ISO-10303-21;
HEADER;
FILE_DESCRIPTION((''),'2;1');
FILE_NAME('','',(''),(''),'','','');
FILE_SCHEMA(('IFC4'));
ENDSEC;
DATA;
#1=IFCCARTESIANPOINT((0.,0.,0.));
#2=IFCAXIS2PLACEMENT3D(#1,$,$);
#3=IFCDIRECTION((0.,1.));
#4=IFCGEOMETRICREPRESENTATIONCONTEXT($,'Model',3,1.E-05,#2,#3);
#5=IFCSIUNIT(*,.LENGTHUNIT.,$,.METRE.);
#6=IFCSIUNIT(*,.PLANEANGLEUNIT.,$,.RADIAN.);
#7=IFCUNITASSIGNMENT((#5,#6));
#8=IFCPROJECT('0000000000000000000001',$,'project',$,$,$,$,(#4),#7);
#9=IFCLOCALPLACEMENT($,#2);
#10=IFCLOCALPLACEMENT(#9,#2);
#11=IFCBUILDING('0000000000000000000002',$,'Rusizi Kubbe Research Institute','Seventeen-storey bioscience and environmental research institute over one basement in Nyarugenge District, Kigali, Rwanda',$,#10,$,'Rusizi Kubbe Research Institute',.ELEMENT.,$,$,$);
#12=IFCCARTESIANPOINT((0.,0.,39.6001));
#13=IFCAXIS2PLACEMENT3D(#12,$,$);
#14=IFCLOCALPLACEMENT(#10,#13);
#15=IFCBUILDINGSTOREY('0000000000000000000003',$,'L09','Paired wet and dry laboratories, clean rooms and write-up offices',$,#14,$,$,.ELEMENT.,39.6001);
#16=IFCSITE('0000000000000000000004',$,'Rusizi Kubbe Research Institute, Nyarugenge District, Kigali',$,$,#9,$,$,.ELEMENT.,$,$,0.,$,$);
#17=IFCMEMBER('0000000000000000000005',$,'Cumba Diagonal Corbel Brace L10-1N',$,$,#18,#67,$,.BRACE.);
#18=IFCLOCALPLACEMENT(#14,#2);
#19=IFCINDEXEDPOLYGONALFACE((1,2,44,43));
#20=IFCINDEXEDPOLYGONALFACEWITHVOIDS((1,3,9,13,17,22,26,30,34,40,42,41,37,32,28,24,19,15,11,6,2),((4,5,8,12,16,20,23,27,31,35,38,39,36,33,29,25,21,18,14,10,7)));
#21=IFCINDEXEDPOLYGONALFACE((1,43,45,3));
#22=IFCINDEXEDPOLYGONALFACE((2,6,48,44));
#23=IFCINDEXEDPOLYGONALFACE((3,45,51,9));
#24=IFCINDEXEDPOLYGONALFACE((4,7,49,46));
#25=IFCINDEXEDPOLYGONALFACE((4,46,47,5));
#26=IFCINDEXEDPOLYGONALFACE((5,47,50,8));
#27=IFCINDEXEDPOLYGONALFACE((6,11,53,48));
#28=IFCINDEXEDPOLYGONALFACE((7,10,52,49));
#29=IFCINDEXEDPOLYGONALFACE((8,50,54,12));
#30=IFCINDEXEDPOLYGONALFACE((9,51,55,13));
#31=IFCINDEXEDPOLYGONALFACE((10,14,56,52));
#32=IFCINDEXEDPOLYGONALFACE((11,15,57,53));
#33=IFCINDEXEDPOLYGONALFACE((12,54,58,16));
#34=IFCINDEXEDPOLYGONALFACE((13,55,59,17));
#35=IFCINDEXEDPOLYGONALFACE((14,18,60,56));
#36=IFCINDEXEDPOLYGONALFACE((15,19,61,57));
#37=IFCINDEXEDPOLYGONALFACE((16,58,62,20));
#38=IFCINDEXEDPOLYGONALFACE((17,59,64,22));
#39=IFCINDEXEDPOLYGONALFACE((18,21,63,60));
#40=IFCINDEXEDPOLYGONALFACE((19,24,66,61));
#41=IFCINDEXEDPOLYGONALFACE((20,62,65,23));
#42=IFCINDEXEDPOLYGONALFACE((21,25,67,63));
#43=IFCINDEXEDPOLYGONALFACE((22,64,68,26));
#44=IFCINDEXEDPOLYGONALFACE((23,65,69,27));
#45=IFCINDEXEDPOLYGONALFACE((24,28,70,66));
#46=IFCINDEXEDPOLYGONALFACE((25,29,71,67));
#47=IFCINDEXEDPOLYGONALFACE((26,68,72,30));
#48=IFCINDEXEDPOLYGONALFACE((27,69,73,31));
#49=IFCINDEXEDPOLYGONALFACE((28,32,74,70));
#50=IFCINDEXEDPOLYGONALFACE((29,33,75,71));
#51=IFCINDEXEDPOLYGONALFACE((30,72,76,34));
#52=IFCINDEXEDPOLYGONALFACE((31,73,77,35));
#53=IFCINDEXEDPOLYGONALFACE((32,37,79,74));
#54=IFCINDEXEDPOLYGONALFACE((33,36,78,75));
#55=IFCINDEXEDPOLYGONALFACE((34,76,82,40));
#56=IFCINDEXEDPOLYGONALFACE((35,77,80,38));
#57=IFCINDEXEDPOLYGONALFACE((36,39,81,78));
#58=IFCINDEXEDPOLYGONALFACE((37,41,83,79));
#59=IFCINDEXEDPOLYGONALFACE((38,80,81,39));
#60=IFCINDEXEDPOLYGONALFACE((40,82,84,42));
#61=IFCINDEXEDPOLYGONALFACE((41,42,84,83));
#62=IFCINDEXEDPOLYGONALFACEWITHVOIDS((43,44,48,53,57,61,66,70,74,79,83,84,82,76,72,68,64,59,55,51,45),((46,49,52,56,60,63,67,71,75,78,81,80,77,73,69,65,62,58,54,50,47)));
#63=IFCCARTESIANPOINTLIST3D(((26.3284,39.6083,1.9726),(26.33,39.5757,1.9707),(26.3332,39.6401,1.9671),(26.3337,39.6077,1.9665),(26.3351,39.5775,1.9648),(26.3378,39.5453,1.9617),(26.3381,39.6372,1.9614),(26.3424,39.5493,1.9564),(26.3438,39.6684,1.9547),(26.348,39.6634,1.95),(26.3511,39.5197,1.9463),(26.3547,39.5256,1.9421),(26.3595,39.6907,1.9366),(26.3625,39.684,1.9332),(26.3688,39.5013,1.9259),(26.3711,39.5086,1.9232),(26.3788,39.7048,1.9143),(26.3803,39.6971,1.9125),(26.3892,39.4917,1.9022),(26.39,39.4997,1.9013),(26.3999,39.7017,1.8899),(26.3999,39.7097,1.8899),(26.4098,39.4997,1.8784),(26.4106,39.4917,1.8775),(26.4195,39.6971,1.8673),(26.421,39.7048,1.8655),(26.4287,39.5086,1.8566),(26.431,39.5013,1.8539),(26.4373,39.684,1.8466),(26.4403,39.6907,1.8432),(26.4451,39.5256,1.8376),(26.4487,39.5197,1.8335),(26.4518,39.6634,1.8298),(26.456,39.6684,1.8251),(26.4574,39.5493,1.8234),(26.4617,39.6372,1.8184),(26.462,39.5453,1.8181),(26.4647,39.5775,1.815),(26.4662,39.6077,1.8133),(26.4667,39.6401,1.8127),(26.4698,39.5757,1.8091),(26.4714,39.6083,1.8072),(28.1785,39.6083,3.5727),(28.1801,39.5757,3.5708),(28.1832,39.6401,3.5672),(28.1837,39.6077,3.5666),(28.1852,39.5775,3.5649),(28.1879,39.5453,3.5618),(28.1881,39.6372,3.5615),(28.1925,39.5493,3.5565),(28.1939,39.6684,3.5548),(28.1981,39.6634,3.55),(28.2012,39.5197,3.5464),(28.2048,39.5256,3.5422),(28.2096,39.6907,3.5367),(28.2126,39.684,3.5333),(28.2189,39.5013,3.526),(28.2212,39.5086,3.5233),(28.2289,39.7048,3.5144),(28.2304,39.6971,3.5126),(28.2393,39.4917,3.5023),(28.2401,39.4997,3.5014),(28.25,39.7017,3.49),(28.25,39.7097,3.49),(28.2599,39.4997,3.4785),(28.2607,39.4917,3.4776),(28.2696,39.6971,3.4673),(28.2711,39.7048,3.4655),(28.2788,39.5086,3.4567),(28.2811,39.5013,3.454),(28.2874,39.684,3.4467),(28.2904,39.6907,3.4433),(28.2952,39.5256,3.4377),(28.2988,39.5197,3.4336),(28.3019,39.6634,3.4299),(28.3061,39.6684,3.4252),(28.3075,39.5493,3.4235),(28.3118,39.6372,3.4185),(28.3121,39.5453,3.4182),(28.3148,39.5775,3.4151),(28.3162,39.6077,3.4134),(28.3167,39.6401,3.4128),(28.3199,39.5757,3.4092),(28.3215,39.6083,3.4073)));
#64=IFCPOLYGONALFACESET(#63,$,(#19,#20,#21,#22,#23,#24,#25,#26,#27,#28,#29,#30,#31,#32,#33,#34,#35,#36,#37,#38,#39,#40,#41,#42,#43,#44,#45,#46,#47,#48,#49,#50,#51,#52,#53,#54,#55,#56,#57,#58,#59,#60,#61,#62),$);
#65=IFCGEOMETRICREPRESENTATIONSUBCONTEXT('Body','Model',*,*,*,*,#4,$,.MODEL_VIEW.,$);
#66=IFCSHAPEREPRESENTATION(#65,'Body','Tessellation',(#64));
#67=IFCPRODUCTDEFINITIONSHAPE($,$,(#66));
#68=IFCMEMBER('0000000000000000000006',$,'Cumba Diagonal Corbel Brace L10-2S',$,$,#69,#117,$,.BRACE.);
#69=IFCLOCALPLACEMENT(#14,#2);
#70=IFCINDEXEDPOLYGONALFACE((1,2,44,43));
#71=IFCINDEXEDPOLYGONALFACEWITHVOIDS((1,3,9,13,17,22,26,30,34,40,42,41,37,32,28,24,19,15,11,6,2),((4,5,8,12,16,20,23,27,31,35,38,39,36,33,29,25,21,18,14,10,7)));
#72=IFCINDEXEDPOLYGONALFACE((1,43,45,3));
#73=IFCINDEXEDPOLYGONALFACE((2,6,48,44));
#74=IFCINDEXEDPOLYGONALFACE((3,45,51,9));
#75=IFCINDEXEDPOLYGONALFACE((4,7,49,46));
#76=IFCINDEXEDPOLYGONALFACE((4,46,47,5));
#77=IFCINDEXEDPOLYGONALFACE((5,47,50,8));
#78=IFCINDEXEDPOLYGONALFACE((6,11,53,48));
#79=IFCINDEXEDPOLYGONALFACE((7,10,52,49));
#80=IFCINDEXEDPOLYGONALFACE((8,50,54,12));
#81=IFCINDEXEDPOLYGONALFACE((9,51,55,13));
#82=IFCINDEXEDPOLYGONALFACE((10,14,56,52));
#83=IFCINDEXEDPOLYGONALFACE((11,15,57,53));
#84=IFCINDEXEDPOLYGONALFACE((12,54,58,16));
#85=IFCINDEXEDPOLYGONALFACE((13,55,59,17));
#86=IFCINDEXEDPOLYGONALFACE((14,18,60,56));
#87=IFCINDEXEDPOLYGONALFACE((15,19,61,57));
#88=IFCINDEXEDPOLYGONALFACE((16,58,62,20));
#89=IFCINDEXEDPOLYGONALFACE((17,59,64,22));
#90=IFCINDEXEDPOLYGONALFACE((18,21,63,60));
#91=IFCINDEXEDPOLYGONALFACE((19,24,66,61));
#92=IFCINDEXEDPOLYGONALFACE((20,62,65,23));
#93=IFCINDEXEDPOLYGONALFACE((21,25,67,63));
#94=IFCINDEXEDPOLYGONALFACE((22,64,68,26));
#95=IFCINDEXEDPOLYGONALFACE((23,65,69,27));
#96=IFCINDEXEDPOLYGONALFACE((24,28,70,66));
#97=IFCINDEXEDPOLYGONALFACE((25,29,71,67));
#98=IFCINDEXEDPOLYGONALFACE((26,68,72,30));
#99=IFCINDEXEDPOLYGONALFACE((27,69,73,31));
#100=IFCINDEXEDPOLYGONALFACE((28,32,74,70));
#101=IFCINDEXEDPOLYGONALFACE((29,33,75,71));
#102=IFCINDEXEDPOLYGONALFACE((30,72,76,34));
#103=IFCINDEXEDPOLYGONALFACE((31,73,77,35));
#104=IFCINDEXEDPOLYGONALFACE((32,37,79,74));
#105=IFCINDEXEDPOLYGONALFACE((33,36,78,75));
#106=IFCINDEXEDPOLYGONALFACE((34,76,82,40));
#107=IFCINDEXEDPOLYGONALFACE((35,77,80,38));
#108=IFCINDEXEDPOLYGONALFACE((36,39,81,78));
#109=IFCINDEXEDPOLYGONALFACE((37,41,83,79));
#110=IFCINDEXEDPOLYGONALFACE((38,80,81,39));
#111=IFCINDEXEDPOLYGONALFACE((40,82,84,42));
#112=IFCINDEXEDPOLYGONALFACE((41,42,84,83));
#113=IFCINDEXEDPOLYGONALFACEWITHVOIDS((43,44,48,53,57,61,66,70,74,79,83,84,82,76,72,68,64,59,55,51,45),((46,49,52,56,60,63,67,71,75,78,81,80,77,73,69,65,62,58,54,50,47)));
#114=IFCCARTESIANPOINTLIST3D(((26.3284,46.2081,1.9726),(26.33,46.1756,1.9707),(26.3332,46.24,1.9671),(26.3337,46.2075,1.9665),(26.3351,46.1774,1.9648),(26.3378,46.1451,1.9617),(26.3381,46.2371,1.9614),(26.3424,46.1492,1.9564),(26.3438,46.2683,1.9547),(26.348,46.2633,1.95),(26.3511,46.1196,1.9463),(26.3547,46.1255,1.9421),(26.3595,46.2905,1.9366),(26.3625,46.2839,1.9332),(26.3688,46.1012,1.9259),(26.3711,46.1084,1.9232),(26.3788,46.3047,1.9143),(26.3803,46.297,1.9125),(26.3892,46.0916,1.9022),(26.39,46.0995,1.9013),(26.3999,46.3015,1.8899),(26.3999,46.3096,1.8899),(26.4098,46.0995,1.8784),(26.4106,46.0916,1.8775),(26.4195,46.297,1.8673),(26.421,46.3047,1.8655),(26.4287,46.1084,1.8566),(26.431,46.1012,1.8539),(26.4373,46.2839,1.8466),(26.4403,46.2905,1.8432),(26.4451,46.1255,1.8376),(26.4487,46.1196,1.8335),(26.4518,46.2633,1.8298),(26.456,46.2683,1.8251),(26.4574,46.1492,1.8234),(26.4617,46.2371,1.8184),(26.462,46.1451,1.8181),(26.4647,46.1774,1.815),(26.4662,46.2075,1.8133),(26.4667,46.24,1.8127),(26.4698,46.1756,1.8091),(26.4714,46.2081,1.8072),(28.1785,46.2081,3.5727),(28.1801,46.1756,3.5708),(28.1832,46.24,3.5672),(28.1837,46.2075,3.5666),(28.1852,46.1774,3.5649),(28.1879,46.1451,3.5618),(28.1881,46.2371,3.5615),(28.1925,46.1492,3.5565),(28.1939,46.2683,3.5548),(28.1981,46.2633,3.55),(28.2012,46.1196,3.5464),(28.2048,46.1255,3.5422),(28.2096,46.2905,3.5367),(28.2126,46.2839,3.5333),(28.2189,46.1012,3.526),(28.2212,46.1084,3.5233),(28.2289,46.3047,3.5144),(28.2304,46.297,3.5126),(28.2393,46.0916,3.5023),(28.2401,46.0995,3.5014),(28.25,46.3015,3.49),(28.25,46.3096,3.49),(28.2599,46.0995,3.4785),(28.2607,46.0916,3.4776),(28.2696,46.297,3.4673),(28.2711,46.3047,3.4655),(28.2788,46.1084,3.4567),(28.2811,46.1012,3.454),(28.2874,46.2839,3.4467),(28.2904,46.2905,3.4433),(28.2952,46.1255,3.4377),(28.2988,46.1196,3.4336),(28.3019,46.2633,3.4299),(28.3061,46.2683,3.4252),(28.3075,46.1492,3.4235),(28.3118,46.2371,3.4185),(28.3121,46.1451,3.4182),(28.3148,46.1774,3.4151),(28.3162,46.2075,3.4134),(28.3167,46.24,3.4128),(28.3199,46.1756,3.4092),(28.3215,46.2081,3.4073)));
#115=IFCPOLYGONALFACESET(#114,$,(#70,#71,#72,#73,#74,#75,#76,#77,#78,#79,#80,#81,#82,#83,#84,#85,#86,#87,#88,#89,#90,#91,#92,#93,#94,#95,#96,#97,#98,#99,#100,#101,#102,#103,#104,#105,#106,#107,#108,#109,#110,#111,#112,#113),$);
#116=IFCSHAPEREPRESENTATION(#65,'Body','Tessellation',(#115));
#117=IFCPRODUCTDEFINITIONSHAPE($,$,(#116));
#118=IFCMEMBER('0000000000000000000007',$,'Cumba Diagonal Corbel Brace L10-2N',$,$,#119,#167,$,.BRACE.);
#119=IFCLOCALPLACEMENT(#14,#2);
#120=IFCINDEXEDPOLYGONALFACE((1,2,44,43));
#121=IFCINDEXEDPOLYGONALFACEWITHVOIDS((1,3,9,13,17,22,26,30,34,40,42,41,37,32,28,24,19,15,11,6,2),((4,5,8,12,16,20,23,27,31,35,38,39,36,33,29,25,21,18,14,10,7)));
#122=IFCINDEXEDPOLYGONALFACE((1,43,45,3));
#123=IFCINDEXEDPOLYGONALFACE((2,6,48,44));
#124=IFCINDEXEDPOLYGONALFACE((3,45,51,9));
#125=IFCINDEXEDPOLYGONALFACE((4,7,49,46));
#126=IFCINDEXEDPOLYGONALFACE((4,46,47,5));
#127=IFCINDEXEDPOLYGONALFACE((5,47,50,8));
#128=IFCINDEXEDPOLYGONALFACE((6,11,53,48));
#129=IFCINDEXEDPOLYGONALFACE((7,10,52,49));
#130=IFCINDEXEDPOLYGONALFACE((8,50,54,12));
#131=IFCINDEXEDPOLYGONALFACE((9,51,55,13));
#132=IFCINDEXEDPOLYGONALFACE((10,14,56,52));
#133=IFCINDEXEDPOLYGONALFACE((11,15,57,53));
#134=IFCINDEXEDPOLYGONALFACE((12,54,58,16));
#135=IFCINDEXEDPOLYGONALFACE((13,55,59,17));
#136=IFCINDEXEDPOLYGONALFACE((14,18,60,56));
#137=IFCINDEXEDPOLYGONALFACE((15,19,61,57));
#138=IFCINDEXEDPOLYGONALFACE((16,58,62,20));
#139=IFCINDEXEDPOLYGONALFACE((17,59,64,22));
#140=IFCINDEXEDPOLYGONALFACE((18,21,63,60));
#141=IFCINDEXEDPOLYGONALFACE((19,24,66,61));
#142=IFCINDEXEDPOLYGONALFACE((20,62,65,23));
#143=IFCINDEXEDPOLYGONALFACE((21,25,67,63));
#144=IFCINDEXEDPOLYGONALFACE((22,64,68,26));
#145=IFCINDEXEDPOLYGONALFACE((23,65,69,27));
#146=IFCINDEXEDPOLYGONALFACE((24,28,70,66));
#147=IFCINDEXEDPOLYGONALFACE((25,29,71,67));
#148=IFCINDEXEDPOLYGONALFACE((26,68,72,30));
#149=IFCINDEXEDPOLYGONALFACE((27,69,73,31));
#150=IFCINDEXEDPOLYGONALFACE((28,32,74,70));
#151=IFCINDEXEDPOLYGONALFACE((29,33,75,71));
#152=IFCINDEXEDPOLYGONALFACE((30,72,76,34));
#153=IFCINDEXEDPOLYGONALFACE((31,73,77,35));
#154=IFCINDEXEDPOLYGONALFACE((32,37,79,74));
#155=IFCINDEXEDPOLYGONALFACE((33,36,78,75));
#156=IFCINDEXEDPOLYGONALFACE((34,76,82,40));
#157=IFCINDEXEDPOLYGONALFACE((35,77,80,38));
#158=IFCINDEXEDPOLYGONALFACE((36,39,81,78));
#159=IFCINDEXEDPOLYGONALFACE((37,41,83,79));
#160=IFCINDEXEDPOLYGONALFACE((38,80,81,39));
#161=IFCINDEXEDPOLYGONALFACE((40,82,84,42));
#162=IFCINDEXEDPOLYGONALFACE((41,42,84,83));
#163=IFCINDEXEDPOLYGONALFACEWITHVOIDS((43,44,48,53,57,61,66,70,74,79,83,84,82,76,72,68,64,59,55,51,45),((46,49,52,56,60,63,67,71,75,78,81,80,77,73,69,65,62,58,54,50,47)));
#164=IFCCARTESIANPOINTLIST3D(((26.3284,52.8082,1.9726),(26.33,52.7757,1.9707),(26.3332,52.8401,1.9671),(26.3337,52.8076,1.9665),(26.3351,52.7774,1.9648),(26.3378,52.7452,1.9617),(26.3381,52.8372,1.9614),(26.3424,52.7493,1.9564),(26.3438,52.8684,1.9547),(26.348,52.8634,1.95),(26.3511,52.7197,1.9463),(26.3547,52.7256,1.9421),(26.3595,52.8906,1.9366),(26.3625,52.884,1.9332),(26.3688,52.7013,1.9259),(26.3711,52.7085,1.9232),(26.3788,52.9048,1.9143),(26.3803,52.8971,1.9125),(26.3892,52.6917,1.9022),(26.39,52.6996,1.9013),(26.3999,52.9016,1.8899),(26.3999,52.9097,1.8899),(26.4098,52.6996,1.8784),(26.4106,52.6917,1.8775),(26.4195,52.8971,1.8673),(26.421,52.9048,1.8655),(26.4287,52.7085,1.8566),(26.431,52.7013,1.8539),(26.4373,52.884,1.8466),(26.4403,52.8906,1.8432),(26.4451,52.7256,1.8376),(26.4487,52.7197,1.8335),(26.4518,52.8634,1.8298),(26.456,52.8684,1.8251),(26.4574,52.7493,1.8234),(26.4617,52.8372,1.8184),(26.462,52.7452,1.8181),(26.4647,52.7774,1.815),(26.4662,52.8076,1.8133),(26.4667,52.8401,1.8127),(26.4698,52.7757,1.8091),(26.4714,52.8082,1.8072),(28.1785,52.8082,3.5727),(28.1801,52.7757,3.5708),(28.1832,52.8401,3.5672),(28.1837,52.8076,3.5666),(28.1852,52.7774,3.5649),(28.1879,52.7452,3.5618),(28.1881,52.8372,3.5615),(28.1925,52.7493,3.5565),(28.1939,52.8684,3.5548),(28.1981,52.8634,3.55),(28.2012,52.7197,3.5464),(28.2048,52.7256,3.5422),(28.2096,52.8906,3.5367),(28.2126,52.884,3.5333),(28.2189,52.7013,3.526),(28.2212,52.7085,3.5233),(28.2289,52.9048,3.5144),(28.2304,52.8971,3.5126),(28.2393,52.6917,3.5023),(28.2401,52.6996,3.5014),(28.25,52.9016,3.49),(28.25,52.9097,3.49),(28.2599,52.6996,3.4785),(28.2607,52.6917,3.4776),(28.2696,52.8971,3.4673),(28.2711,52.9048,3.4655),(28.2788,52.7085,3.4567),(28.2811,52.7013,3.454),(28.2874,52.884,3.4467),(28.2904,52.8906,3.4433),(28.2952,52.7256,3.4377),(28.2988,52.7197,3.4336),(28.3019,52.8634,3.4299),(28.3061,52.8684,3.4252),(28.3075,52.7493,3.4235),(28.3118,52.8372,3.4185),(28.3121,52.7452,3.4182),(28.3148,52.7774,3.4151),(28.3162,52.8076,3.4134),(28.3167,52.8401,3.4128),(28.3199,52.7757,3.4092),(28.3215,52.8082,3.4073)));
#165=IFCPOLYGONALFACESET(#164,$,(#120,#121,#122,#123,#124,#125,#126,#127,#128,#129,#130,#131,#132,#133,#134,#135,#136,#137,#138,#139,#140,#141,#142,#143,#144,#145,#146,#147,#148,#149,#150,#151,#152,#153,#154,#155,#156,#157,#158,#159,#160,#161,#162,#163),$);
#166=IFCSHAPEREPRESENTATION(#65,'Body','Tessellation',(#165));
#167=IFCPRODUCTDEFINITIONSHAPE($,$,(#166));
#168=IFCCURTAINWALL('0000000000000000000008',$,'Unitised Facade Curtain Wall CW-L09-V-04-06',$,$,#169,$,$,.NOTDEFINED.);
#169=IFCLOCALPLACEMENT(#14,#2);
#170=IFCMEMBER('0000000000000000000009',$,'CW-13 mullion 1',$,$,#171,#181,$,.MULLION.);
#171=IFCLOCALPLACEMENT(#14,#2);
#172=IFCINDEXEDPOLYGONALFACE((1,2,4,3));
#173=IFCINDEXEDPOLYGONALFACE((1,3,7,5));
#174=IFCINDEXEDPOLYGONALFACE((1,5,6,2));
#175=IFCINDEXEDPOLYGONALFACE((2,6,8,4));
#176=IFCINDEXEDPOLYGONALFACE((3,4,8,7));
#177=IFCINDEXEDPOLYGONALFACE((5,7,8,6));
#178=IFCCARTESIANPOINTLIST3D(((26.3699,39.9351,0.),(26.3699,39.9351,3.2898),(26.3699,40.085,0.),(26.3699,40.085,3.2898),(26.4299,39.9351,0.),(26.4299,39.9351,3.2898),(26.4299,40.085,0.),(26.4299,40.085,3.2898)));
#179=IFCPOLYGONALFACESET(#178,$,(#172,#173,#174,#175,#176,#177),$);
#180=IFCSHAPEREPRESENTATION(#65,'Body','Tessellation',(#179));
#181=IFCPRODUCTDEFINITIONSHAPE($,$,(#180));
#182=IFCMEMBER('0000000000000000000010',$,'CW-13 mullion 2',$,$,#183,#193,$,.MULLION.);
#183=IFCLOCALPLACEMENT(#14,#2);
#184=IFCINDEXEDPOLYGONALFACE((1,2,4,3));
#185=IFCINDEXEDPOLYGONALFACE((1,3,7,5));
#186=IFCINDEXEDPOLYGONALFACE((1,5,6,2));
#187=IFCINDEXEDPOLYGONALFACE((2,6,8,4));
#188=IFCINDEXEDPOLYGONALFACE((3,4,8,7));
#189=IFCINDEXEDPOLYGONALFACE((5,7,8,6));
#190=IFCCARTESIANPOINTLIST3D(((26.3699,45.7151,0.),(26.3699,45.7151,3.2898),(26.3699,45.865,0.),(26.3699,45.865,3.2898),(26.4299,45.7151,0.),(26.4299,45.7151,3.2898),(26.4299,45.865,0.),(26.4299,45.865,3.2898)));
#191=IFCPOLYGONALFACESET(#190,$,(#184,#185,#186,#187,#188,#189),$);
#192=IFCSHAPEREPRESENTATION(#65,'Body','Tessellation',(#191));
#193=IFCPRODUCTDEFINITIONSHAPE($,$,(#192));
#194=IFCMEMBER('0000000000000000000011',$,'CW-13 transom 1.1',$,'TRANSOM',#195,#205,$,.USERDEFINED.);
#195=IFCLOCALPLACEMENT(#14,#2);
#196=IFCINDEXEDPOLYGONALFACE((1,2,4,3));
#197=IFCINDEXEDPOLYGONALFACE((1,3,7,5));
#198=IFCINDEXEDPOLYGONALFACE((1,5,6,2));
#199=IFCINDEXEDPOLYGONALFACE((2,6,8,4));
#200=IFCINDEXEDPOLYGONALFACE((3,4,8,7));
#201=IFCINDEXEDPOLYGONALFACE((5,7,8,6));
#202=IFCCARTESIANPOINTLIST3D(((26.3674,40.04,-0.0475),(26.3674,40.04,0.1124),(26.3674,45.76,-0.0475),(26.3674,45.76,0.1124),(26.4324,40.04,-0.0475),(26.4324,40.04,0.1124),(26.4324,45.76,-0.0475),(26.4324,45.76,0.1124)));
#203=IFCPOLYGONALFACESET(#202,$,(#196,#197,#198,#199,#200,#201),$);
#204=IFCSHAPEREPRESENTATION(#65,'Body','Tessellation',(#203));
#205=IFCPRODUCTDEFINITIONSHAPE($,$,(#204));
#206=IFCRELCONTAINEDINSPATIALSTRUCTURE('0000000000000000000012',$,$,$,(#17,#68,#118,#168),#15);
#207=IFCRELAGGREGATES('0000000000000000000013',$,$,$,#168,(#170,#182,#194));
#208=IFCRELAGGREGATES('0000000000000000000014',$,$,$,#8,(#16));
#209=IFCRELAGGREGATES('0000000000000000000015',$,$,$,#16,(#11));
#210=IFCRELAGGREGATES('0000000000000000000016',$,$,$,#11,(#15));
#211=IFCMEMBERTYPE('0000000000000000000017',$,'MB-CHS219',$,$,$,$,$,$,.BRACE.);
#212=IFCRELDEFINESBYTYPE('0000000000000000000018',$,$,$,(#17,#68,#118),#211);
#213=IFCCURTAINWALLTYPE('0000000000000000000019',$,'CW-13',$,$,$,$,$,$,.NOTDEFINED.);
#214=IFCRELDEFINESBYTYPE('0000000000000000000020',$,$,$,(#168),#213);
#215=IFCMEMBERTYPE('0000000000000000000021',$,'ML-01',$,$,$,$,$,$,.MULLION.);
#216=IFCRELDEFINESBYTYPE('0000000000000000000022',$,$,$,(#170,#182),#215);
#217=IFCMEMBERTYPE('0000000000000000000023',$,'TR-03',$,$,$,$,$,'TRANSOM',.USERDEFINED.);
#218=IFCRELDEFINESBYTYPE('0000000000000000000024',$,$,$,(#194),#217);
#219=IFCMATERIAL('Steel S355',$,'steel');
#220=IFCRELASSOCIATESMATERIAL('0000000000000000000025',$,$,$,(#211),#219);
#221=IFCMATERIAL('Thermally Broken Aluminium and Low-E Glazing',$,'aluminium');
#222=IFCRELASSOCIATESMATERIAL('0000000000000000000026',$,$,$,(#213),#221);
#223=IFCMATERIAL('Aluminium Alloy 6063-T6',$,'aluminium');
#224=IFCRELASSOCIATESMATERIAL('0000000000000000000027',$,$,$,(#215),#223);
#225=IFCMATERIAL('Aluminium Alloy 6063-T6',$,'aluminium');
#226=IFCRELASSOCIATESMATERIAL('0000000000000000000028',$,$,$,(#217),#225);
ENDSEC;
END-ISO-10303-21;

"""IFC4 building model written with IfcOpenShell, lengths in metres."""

from ifc_helpers import new_model, si_unit, direction, frame, origin, origin_2d, place, context, subcontext, project, spatial, rectangle, hollow_circle, extrude, material, material_profile, profile_set, type_object, element, aggregate, save


model = new_model("IFC4")

# Units and contexts
model_context = context("Model", 3, precision=1e-05, world=origin(), true_north=direction((0.0, 1.0)))
body_context = subcontext(model_context, "Body", "Model", "MODEL_VIEW")
ifc_project = project(units=[si_unit("LENGTHUNIT", "METRE"), si_unit("PLANEANGLEUNIT", "RADIAN")], contexts=[model_context])

# Site, building, storey
site_placement = place(None, origin())
site = spatial("IfcSite", under=ifc_project, at=site_placement, Name="Rusizi Kubbe Research Institute, Nyarugenge District, Kigali", CompositionType="ELEMENT", RefElevation=0.0)
building_placement = place(site_placement, origin())
building = spatial("IfcBuilding", under=site, at=building_placement, Name="Rusizi Kubbe Research Institute", Description="Seventeen-storey bioscience and environmental research institute over one basement in Nyarugenge District, Kigali, Rwanda", LongName="Rusizi Kubbe Research Institute", CompositionType="ELEMENT")
storey_placement = place(building_placement, frame((0.0, 0.0, 39.6001)))
storey = spatial("IfcBuildingStorey", under=building, at=storey_placement, Name="L09", Description="Paired wet and dry laboratories, clean rooms and write-up offices", CompositionType="ELEMENT", Elevation=39.6001)

# Members
ifc_material_1 = material(Name="Steel S355", Category="steel")
ifc_material_profile_1 = material_profile(ifc_material_1, hollow_circle(Radius=0.1096, WallThickness=0.0081, at=origin_2d()), Name="CHS 219.1x8.0")
ifc_profile_set_1 = profile_set([ifc_material_profile_1], Name="Steel S355")
member_type_1 = type_object("IfcMemberType", Name="MB-CHS219", PredefinedType="BRACE", material=ifc_profile_set_1)
for number, where, z_axis, x_axis, name in (
    (1, (26.3999, 39.6001, 1.8899), (0.756361, 0.0, 0.654155), (0.0, 1.0, 0.0), "Cumba Diagonal Corbel Brace L10-1N"),
    (2, (26.3999, 46.2, 1.8899), (0.756361, 0.0, 0.654155), (0.0, 1.0, 0.0), "Cumba Diagonal Corbel Brace L10-2S"),
    (3, (26.3999, 52.8, 1.8899), (0.756361, 0.0, 0.654155), (0.0, 1.0, 0.0), "Cumba Diagonal Corbel Brace L10-2N"),
):
    element("IfcMember", number, at=place(storey_placement, frame(where, z_axis=z_axis, x_axis=x_axis)), inside=storey, type_object=member_type_1, Name=name, PredefinedType="BRACE", context=body_context, shape_type="SweptSolid", body=[
        extrude(hollow_circle(Radius=0.1096, WallThickness=0.0081, at=origin_2d()), origin(), (0.0, 0.0, 1.0), 2.446),
    ])

# Curtain wall, members
ifc_material_2 = material(Name="Thermally Broken Aluminium and Low-E Glazing", Category="aluminium")
curtain_wall_type = type_object("IfcCurtainWallType", Name="CW-13", PredefinedType="NOTDEFINED", material=ifc_material_2)
curtain_wall_placement = place(storey_placement, origin())
curtain_wall = element("IfcCurtainWall", 4, at=curtain_wall_placement, inside=storey, type_object=curtain_wall_type, Name="Unitised Facade Curtain Wall CW-L09-V-04-06", PredefinedType="NOTDEFINED")
ifc_material_3 = material(Name="Aluminium Alloy 6063-T6", Category="aluminium")
ifc_material_profile_2 = material_profile(ifc_material_3, rectangle(XDim=0.0601, YDim=0.1499, at=origin_2d()), Name="ALU-M 60x150")
ifc_profile_set_2 = profile_set([ifc_material_profile_2], Name="Aluminium Alloy 6063-T6")
member_type_2 = type_object("IfcMemberType", Name="ML-01", PredefinedType="MULLION", material=ifc_profile_set_2)
member_1_placement = place(storey_placement, frame((26.3999, 40.01, 0.0), z_axis=(0.0, 0.0, 1.0), x_axis=(-1.0, 0.0, 0.0)))
member_1 = element("IfcMember", 5, at=member_1_placement, type_object=member_type_2, Name="CW-13 mullion 1", PredefinedType="MULLION", context=body_context, shape_type="SweptSolid", body=[
    extrude(rectangle(XDim=0.0601, YDim=0.1499, at=origin_2d()), origin(), (0.0, 0.0, 1.0), 3.2898),
])
member_2_placement = place(storey_placement, frame((26.3999, 45.79, 0.0), z_axis=(0.0, 0.0, 1.0), x_axis=(-1.0, 0.0, 0.0)))
member_2 = element("IfcMember", 6, at=member_2_placement, type_object=member_type_2, Name="CW-13 mullion 2", PredefinedType="MULLION", context=body_context, shape_type="SweptSolid", body=[
    extrude(rectangle(XDim=0.0601, YDim=0.1499, at=origin_2d()), origin(), (0.0, 0.0, 1.0), 3.2898),
])
ifc_material_4 = material(Name="Aluminium Alloy 6063-T6", Category="aluminium")
ifc_material_profile_3 = material_profile(ifc_material_4, rectangle(XDim=0.0649, YDim=0.1599, at=origin_2d()), Name="ALU-T 65x160")
ifc_profile_set_3 = profile_set([ifc_material_profile_3], Name="Aluminium Alloy 6063-T6")
member_type_3 = type_object("IfcMemberType", Name="TR-03", ElementType="TRANSOM", PredefinedType="USERDEFINED", material=ifc_profile_set_3)
member_3_placement = place(storey_placement, frame((26.3999, 40.04, 0.0325), z_axis=(0.0, 1.0, 0.0), x_axis=(-1.0, 0.0, 0.0)))
member_3 = element("IfcMember", 7, at=member_3_placement, type_object=member_type_3, Name="CW-13 transom 1.1", ObjectType="TRANSOM", PredefinedType="USERDEFINED", context=body_context, shape_type="SweptSolid", body=[
    extrude(rectangle(XDim=0.0649, YDim=0.1599, at=origin_2d()), origin(), (0.0, 0.0, 1.0), 5.72),
])
aggregate(curtain_wall, [member_1, member_2, member_3])

save(model, "model.ifc")
